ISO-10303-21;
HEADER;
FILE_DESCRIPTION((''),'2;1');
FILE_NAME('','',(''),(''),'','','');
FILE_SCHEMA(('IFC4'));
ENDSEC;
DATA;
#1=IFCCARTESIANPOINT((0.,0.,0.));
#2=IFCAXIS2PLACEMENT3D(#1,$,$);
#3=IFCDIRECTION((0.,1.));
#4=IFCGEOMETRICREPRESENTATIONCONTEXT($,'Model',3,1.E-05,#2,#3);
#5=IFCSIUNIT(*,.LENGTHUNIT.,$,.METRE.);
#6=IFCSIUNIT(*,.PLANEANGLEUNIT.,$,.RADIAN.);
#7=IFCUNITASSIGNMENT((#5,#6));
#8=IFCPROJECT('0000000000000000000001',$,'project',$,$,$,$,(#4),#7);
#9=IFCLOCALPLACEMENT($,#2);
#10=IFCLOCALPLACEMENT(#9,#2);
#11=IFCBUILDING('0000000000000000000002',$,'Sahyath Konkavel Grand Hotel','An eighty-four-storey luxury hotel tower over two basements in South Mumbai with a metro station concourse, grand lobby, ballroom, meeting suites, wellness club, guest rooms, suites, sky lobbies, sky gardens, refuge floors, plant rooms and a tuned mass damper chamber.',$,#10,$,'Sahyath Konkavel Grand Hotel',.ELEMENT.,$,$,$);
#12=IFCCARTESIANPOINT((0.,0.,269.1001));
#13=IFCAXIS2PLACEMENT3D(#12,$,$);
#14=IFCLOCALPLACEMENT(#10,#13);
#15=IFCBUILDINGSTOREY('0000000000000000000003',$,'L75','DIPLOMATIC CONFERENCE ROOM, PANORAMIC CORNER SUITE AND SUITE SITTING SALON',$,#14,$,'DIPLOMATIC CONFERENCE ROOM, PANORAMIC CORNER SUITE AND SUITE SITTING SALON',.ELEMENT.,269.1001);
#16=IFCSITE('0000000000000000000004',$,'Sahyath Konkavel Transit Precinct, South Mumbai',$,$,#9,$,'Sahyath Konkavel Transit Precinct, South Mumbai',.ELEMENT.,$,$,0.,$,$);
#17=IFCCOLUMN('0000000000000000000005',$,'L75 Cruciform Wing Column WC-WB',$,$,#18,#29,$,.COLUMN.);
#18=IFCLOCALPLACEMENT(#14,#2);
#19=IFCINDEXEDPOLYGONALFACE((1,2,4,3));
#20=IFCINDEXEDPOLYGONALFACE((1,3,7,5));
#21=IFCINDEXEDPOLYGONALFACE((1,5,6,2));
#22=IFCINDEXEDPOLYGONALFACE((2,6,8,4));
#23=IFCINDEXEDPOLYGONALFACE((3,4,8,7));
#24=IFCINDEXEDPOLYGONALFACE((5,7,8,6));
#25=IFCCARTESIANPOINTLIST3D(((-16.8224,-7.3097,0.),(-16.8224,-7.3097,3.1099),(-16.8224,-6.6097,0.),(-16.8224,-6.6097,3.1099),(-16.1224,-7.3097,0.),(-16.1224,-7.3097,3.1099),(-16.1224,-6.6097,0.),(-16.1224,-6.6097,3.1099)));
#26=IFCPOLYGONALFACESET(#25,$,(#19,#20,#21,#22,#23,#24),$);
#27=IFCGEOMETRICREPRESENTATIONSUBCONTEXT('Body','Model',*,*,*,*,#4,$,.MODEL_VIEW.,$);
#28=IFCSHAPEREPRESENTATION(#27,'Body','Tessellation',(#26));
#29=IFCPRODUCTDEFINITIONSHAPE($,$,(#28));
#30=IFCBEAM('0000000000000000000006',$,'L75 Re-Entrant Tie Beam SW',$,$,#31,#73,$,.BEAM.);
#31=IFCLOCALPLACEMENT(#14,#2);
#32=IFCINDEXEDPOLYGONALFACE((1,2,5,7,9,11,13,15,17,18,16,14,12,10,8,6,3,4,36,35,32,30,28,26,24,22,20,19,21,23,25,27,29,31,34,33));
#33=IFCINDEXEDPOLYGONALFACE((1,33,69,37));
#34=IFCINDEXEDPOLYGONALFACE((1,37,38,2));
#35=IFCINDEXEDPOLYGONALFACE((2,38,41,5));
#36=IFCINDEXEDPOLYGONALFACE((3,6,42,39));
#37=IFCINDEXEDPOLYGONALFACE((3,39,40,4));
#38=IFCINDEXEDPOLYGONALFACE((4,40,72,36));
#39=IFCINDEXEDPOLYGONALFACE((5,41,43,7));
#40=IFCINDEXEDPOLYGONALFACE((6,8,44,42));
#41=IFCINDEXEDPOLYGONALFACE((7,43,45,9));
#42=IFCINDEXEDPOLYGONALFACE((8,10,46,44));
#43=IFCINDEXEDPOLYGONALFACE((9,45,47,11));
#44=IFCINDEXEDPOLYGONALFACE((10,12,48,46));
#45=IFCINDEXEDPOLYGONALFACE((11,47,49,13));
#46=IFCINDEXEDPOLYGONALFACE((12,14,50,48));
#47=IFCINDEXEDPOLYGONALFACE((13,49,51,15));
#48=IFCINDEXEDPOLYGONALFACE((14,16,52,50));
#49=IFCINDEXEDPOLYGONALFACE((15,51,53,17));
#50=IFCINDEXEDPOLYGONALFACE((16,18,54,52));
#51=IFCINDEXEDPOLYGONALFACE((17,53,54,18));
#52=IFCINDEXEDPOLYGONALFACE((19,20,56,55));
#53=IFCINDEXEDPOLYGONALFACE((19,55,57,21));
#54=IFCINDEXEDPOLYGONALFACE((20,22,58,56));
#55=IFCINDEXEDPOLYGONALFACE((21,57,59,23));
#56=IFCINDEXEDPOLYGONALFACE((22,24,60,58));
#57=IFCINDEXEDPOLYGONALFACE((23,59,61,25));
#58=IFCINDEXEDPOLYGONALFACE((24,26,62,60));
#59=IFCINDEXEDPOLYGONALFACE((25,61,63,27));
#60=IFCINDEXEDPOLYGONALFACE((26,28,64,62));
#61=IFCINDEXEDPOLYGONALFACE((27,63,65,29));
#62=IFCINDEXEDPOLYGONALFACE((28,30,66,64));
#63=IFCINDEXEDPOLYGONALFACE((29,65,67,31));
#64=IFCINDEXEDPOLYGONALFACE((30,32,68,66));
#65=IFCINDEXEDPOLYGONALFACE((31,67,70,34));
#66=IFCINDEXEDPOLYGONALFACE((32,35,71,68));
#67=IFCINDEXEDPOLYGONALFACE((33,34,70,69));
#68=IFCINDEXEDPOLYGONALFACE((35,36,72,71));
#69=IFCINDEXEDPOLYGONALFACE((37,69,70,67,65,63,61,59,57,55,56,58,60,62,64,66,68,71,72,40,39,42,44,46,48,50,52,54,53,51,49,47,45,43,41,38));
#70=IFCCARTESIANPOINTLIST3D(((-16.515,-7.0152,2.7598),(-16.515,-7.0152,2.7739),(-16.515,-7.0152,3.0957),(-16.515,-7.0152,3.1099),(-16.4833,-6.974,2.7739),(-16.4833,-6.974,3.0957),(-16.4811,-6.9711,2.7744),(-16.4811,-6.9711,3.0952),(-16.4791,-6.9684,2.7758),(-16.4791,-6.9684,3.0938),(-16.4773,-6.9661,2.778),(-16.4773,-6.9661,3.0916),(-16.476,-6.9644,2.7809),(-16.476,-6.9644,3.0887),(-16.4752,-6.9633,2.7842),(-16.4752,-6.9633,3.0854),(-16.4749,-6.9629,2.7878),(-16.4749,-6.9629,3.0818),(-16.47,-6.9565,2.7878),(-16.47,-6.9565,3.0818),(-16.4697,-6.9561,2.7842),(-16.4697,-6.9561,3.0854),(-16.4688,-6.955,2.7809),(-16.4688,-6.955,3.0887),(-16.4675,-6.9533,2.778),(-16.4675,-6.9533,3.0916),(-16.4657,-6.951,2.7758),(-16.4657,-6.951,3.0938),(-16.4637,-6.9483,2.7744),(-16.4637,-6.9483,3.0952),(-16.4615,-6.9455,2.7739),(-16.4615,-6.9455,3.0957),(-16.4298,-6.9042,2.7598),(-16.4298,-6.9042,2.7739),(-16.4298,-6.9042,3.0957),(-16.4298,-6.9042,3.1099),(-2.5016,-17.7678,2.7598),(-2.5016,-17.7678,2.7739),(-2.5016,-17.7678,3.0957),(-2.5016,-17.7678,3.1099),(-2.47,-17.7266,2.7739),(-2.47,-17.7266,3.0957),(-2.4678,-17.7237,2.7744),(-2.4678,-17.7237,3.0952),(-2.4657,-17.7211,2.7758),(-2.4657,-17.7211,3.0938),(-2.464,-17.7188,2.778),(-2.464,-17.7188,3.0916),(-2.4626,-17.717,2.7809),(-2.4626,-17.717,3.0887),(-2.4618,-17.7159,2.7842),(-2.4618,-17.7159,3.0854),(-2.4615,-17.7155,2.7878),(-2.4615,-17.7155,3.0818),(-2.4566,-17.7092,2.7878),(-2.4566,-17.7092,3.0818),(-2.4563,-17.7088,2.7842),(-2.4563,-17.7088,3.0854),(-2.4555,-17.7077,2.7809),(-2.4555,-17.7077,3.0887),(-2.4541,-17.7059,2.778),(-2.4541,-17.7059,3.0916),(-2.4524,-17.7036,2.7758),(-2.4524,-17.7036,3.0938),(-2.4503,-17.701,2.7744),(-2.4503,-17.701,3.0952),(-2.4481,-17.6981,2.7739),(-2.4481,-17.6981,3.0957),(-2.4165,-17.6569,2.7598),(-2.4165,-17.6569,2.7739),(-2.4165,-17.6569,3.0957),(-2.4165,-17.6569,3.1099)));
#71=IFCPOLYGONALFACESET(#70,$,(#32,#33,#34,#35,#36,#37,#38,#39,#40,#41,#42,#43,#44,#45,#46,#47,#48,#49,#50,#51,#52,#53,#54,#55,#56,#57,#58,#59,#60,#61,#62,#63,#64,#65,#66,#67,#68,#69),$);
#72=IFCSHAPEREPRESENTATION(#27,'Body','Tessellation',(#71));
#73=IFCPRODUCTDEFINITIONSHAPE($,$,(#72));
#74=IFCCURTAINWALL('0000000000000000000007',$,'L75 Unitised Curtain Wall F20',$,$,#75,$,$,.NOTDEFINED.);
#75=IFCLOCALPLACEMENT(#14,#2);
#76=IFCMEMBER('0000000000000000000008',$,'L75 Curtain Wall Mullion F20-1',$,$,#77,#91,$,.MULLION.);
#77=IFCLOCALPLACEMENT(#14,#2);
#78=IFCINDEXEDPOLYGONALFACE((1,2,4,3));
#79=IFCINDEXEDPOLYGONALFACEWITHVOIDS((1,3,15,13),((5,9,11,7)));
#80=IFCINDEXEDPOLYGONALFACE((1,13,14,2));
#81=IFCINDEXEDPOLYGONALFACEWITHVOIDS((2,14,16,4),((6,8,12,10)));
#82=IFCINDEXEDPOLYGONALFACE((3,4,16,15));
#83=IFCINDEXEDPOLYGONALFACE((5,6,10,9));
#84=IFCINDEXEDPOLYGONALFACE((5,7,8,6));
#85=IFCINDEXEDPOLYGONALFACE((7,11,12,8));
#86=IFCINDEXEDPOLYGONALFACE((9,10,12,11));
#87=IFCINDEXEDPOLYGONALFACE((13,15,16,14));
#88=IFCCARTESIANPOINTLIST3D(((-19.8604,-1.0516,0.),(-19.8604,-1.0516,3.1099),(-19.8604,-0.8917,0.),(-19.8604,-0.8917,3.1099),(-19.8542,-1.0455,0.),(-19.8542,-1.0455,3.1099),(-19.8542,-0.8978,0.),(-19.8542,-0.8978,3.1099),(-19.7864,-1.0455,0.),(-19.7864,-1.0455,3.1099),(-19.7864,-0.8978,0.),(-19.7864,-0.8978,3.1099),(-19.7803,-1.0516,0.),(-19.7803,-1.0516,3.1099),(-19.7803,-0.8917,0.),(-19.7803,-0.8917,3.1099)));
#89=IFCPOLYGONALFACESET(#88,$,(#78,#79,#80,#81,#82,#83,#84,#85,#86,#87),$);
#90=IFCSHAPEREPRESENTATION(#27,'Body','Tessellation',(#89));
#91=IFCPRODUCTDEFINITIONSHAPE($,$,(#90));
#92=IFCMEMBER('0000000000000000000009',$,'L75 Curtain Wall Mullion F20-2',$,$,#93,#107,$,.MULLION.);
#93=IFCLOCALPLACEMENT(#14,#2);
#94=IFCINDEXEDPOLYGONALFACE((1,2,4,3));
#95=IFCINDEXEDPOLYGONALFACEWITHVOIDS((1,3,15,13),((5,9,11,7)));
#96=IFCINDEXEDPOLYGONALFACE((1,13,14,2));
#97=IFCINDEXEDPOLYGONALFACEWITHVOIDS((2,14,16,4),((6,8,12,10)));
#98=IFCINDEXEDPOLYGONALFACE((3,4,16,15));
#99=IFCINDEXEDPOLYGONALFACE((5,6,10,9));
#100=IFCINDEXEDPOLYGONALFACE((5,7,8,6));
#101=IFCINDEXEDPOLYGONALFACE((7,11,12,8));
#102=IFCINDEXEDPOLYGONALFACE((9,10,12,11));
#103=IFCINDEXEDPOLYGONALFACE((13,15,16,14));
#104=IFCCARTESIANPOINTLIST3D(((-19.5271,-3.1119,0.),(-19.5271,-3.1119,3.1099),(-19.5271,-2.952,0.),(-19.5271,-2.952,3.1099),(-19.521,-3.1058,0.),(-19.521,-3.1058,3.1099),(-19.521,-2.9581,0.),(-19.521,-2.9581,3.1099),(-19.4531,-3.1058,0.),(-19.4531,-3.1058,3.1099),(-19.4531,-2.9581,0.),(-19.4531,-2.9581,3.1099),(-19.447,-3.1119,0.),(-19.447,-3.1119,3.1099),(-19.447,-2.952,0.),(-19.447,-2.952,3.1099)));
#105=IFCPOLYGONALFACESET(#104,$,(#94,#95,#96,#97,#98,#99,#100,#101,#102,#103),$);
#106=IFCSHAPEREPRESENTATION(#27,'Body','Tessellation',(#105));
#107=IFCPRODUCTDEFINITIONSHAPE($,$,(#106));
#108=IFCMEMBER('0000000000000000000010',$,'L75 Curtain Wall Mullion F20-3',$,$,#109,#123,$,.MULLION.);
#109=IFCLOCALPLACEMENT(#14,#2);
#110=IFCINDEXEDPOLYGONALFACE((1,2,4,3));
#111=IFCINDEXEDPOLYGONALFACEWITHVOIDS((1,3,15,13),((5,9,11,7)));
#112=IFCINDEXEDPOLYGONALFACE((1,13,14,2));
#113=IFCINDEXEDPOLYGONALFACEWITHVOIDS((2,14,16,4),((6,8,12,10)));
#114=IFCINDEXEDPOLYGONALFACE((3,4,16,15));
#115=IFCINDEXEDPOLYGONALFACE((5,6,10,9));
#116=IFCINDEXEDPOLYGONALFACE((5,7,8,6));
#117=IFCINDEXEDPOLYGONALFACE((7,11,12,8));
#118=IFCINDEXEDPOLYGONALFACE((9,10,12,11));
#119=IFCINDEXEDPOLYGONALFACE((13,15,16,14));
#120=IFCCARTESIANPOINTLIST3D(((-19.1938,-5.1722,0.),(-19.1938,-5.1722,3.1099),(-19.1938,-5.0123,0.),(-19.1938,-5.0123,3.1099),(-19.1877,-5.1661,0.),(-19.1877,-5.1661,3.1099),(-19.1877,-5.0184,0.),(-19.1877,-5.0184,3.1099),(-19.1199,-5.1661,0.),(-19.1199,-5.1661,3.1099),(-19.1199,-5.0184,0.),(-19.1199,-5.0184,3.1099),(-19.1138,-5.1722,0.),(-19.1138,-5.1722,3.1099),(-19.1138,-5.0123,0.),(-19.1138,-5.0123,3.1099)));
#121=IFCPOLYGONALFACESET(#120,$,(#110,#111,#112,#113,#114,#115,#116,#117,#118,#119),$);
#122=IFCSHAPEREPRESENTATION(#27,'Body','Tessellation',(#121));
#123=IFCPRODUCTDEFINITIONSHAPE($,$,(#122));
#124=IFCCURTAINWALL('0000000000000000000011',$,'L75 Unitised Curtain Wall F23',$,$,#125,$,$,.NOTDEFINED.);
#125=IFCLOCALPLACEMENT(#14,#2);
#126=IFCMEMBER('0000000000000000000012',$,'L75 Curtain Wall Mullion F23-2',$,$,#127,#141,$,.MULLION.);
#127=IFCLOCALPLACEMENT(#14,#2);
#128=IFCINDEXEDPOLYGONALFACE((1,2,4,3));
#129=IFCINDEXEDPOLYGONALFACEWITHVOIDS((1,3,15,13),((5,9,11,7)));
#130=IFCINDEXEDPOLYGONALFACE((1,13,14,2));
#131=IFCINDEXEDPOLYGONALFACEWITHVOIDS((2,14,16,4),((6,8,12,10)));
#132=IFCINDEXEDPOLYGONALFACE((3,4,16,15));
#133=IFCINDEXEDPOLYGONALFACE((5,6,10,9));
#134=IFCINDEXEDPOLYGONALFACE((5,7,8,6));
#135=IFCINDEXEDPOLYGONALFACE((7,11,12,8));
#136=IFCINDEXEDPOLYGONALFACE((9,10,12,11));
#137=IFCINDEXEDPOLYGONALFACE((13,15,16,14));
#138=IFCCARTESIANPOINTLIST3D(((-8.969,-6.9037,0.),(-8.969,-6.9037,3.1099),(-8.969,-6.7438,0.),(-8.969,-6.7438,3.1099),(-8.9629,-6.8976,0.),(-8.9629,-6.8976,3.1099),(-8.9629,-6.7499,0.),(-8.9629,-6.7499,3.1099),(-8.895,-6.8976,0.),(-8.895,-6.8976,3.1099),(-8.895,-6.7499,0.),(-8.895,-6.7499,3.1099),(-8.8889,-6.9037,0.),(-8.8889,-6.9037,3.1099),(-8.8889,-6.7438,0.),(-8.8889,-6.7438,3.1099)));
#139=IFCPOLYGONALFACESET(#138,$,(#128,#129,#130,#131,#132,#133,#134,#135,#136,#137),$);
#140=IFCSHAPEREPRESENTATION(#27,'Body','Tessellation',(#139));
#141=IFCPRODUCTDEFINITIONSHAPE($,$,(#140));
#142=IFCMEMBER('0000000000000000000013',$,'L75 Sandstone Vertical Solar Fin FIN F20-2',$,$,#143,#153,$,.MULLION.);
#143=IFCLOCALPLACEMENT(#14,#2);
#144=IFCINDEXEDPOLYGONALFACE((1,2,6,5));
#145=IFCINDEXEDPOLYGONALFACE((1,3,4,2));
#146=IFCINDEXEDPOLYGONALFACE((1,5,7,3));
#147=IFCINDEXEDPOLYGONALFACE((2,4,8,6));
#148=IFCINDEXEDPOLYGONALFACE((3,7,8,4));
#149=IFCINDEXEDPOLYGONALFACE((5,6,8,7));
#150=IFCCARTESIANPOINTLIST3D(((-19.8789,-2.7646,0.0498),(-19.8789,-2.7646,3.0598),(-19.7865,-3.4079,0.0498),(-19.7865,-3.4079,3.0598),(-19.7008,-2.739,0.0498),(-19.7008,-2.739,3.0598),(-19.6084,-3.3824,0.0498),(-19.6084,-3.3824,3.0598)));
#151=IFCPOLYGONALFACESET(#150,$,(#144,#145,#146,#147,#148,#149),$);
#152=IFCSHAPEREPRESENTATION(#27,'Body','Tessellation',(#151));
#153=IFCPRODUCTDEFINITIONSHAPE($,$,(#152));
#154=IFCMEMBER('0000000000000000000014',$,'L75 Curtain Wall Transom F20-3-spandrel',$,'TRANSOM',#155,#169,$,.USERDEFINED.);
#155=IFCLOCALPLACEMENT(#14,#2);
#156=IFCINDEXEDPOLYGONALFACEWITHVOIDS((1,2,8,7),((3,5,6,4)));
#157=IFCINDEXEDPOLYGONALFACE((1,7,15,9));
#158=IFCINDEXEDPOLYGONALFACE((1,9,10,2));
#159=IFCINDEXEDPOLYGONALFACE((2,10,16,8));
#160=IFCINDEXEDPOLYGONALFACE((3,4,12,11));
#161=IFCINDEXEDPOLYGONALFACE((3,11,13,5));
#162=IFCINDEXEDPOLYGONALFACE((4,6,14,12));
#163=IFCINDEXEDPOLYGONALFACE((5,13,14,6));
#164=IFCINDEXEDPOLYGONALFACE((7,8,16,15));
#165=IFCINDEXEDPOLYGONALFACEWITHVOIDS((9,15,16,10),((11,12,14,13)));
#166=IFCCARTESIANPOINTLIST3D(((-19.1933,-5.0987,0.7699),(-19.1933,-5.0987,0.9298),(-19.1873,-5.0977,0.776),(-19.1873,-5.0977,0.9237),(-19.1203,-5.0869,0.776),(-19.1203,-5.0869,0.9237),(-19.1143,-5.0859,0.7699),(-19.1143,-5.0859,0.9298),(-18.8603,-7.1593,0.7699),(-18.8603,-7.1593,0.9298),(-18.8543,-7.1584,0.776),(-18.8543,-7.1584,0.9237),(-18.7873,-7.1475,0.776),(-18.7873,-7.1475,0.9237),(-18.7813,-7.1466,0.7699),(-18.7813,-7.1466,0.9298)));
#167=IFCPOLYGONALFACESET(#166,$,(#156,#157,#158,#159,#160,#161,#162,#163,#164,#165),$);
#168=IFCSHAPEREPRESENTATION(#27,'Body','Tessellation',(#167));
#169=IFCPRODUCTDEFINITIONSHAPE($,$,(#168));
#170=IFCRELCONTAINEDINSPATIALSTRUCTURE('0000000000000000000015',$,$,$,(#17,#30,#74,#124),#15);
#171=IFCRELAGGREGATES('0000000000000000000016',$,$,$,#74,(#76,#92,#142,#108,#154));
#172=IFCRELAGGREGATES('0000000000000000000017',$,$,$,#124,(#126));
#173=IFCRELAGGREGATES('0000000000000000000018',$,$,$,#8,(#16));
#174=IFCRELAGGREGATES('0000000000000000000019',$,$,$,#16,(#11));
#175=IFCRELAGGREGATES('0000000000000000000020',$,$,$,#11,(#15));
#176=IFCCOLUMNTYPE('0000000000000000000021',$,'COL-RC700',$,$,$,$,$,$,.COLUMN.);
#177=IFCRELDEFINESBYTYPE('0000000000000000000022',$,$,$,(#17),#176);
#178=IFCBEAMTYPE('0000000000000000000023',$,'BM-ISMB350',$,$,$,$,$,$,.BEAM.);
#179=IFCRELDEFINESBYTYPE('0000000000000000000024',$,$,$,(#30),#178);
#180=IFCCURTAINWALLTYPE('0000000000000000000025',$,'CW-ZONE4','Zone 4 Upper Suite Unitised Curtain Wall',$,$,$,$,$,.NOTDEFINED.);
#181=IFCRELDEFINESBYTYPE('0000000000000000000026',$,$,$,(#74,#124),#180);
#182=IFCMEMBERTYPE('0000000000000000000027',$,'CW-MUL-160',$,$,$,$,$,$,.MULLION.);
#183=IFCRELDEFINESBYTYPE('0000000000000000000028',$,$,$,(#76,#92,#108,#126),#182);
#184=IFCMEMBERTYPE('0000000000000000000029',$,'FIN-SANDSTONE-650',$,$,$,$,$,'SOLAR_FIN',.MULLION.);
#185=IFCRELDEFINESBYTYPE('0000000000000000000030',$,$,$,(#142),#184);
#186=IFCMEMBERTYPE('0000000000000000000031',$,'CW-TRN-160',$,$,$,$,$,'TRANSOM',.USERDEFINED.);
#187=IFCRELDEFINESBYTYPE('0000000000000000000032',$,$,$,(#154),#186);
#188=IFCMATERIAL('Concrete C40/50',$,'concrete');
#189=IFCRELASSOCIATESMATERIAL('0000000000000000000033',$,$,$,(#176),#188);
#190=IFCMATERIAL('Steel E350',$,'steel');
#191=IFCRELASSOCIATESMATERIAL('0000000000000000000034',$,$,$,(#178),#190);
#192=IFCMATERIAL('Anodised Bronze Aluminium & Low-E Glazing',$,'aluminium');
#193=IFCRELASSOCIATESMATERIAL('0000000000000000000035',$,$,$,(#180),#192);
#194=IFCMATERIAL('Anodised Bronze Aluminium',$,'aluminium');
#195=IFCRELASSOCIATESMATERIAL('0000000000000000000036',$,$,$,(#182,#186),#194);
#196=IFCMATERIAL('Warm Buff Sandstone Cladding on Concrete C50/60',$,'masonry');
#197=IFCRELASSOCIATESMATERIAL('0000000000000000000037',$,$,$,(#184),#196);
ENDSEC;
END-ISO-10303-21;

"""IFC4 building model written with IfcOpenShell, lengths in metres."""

from ifc_helpers import new_model, si_unit, direction, frame, origin, origin_2d, place, context, subcontext, project, spatial, rectangle, hollow_rectangle, i_section, extrude, source, transform, mapped, material, material_profile, profile_set, type_object, element, aggregate, save


model = new_model("IFC4")

# Units and contexts
model_context = context("Model", 3, precision=1e-05, world=origin(), true_north=direction((0.0, 1.0)))
body_context = subcontext(model_context, "Body", "Model", "MODEL_VIEW")
ifc_project = project(units=[si_unit("LENGTHUNIT", "METRE"), si_unit("PLANEANGLEUNIT", "RADIAN")], contexts=[model_context])

# Site, building, storey
site_placement = place(None, origin())
site = spatial("IfcSite", under=ifc_project, at=site_placement, Name="Sahyath Konkavel Transit Precinct, South Mumbai", LongName="Sahyath Konkavel Transit Precinct, South Mumbai", CompositionType="ELEMENT", RefElevation=0.0)
building_placement = place(site_placement, origin())
building = spatial("IfcBuilding", under=site, at=building_placement, Name="Sahyath Konkavel Grand Hotel", Description="An eighty-four-storey luxury hotel tower over two basements in South Mumbai with a metro station concourse, grand lobby, ballroom, meeting suites, wellness club, guest rooms, suites, sky lobbies, sky gardens, refuge floors, plant rooms and a tuned mass damper chamber.", LongName="Sahyath Konkavel Grand Hotel", CompositionType="ELEMENT")
storey_placement = place(building_placement, frame((0.0, 0.0, 269.1001)))
storey = spatial("IfcBuildingStorey", under=building, at=storey_placement, Name="L75", Description="DIPLOMATIC CONFERENCE ROOM, PANORAMIC CORNER SUITE AND SUITE SITTING SALON", LongName="DIPLOMATIC CONFERENCE ROOM, PANORAMIC CORNER SUITE AND SUITE SITTING SALON", CompositionType="ELEMENT", Elevation=269.1001)

# Column
ifc_material_1 = material(Name="Concrete C40/50", Category="concrete")
ifc_material_profile_1 = material_profile(ifc_material_1, rectangle(XDim=0.7, YDim=0.7, at=origin_2d()), Name="RC 700x700")
ifc_profile_set_1 = profile_set([ifc_material_profile_1], Name="Concrete C40/50")
column_type = type_object("IfcColumnType", Name="COL-RC700", PredefinedType="COLUMN", material=ifc_profile_set_1)
shared_shape_1 = source(origin(), body_context, "Body", "SweptSolid", [
    extrude(rectangle(XDim=0.7, YDim=0.7, at=origin_2d()), origin(), (0.0, 0.0, 1.0), 3.1099),
])
column_placement = place(storey_placement, frame((-16.4724, -6.9597, 0.0), z_axis=(0.0, 0.0, 1.0), x_axis=(1.0, 0.0, 0.0)))
element("IfcColumn", 1, at=column_placement, inside=storey, type_object=column_type, Name="L75 Cruciform Wing Column WC-WB", PredefinedType="COLUMN", context=body_context, shape_type="MappedRepresentation", body=[
    mapped(shared_shape_1, transform((0.0, 0.0, 0.0), scale=1.0)),
])

# Beam
ifc_material_2 = material(Name="Steel E350", Category="steel")
ifc_material_profile_2 = material_profile(ifc_material_2, i_section(OverallWidth=0.1399, OverallDepth=0.3501, WebThickness=0.0081, FlangeThickness=0.0142, FilletRadius=0.0139, at=origin_2d()), Name="ISMB 350")
ifc_profile_set_2 = profile_set([ifc_material_profile_2], Name="Steel E350")
beam_type_1 = type_object("IfcBeamType", Name="BM-ISMB350", PredefinedType="BEAM", material=ifc_profile_set_2)
shared_shape_2 = source(origin(), body_context, "Body", "SweptSolid", [
    extrude(i_section(OverallWidth=0.1399, OverallDepth=0.3501, WebThickness=0.0081, FlangeThickness=0.0142, FilletRadius=0.0139, at=origin_2d()), origin(), (0.0, 0.0, 1.0), 17.6633),
])
beam_1_placement = place(storey_placement, frame((-16.4724, -6.9597, 2.9348), z_axis=(0.793359, -0.608754, 0.0), x_axis=(0.608754, 0.793359, 0.0)))
element("IfcBeam", 2, at=beam_1_placement, inside=storey, type_object=beam_type_1, Name="L75 Re-Entrant Tie Beam SW", PredefinedType="BEAM", context=body_context, shape_type="MappedRepresentation", body=[
    mapped(shared_shape_2, transform((0.0, 0.0, 0.0), scale=1.0)),
])

# Curtain wall, members
ifc_material_3 = material(Name="Anodised Bronze Aluminium & Low-E Glazing", Category="aluminium")
curtain_wall_type = type_object("IfcCurtainWallType", Name="CW-ZONE4", Description="Zone 4 Upper Suite Unitised Curtain Wall", PredefinedType="NOTDEFINED", material=ifc_material_3)
curtain_wall_1_placement = place(storey_placement, origin())
curtain_wall_1 = element("IfcCurtainWall", 3, at=curtain_wall_1_placement, inside=storey, type_object=curtain_wall_type, Name="L75 Unitised Curtain Wall F20", PredefinedType="NOTDEFINED")
ifc_material_4 = material(Name="Anodised Bronze Aluminium", Category="aluminium")
ifc_material_profile_3 = material_profile(ifc_material_4, hollow_rectangle(XDim=0.0801, YDim=0.1599, WallThickness=0.0061, at=origin_2d()), Name="RHS 160x80x6")
ifc_profile_set_3 = profile_set([ifc_material_profile_3], Name="Anodised Bronze Aluminium")
member_type_1 = type_object("IfcMemberType", Name="CW-MUL-160", PredefinedType="MULLION", material=ifc_profile_set_3)
shared_shape_3 = source(origin(), body_context, "Body", "SweptSolid", [
    extrude(hollow_rectangle(XDim=0.0801, YDim=0.1599, WallThickness=0.0061, at=origin_2d()), origin(), (0.0, 0.0, 1.0), 3.1099),
])
member_1_placement = place(storey_placement, frame((-19.8203, -0.9717, 0.0), z_axis=(0.0, 0.0, 1.0), x_axis=(1.0, 0.0, 0.0)))
member_1 = element("IfcMember", 4, at=member_1_placement, type_object=member_type_1, Name="L75 Curtain Wall Mullion F20-1", PredefinedType="MULLION", context=body_context, shape_type="MappedRepresentation", body=[
    mapped(shared_shape_3, transform((0.0, 0.0, 0.0), scale=1.0)),
])
member_2_placement = place(storey_placement, frame((-19.4871, -3.032, 0.0), z_axis=(0.0, 0.0, 1.0), x_axis=(1.0, 0.0, 0.0)))
member_2 = element("IfcMember", 5, at=member_2_placement, type_object=member_type_1, Name="L75 Curtain Wall Mullion F20-2", PredefinedType="MULLION", context=body_context, shape_type="MappedRepresentation", body=[
    mapped(shared_shape_3, transform((0.0, 0.0, 0.0), scale=1.0)),
])
member_3_placement = place(storey_placement, frame((-19.1538, -5.0923, 0.0), z_axis=(0.0, 0.0, 1.0), x_axis=(1.0, 0.0, 0.0)))
member_3 = element("IfcMember", 6, at=member_3_placement, type_object=member_type_1, Name="L75 Curtain Wall Mullion F20-3", PredefinedType="MULLION", context=body_context, shape_type="MappedRepresentation", body=[
    mapped(shared_shape_3, transform((0.0, 0.0, 0.0), scale=1.0)),
])

# Curtain wall, member
curtain_wall_2_placement = place(storey_placement, origin())
curtain_wall_2 = element("IfcCurtainWall", 7, at=curtain_wall_2_placement, inside=storey, type_object=curtain_wall_type, Name="L75 Unitised Curtain Wall F23", PredefinedType="NOTDEFINED")
member_4_placement = place(storey_placement, frame((-8.929, -6.8237, 0.0), z_axis=(0.0, 0.0, 1.0), x_axis=(1.0, 0.0, 0.0)))
member_4 = element("IfcMember", 8, at=member_4_placement, type_object=member_type_1, Name="L75 Curtain Wall Mullion F23-2", PredefinedType="MULLION", context=body_context, shape_type="MappedRepresentation", body=[
    mapped(shared_shape_3, transform((0.0, 0.0, 0.0), scale=1.0)),
])

# Members
ifc_material_5 = material(Name="Warm Buff Sandstone Cladding on Concrete C50/60", Category="masonry")
ifc_material_profile_4 = material_profile(ifc_material_5, rectangle(XDim=0.1799, YDim=0.6499, at=origin_2d()), Name="FIN 180x650")
ifc_profile_set_4 = profile_set([ifc_material_profile_4], Name="Warm Buff Sandstone Cladding on Concrete C50/60")
member_type_2 = type_object("IfcMemberType", Name="FIN-SANDSTONE-650", ElementType="SOLAR_FIN", PredefinedType="MULLION", material=ifc_profile_set_4)
shared_shape_4 = source(origin(), body_context, "Body", "SweptSolid", [
    extrude(rectangle(XDim=0.1799, YDim=0.6499, at=origin_2d()), origin(), (0.0, 0.0, 1.0), 3.01),
])
member_5_placement = place(storey_placement, frame((-19.7437, -3.0735, 0.0498), z_axis=(0.0, 0.0, 1.0), x_axis=(0.989851, 0.142111, 0.0)))
member_5 = element("IfcMember", 9, at=member_5_placement, type_object=member_type_2, Name="L75 Sandstone Vertical Solar Fin FIN F20-2", PredefinedType="MULLION", context=body_context, shape_type="MappedRepresentation", body=[
    mapped(shared_shape_4, transform((0.0, 0.0, 0.0), scale=1.0)),
])
ifc_material_profile_5 = material_profile(ifc_material_4, hollow_rectangle(XDim=0.0801, YDim=0.1599, WallThickness=0.0061, at=origin_2d()), Name="RHS 160x80x6")
ifc_profile_set_5 = profile_set([ifc_material_profile_5], Name="Anodised Bronze Aluminium")
member_type_3 = type_object("IfcMemberType", Name="CW-TRN-160", ElementType="TRANSOM", PredefinedType="USERDEFINED", material=ifc_profile_set_5)
shared_shape_5 = source(origin(), body_context, "Body", "SweptSolid", [
    extrude(hollow_rectangle(XDim=0.0801, YDim=0.1599, WallThickness=0.0061, at=origin_2d()), origin(), (0.0, 0.0, 1.0), 2.0874),
])
member_6_placement = place(storey_placement, frame((-19.1538, -5.0923, 0.8499), z_axis=(0.159541, -0.987191, 0.0), x_axis=(0.987191, 0.159541, 0.0)))
member_6 = element("IfcMember", 10, at=member_6_placement, type_object=member_type_3, Name="L75 Curtain Wall Transom F20-3-spandrel", ObjectType="TRANSOM", PredefinedType="USERDEFINED", context=body_context, shape_type="MappedRepresentation", body=[
    mapped(shared_shape_5, transform((0.0, 0.0, 0.0), scale=1.0)),
])

aggregate(curtain_wall_1, [member_1, member_2, member_5, member_3, member_6])
aggregate(curtain_wall_2, [member_4])

save(model, "model.ifc")
